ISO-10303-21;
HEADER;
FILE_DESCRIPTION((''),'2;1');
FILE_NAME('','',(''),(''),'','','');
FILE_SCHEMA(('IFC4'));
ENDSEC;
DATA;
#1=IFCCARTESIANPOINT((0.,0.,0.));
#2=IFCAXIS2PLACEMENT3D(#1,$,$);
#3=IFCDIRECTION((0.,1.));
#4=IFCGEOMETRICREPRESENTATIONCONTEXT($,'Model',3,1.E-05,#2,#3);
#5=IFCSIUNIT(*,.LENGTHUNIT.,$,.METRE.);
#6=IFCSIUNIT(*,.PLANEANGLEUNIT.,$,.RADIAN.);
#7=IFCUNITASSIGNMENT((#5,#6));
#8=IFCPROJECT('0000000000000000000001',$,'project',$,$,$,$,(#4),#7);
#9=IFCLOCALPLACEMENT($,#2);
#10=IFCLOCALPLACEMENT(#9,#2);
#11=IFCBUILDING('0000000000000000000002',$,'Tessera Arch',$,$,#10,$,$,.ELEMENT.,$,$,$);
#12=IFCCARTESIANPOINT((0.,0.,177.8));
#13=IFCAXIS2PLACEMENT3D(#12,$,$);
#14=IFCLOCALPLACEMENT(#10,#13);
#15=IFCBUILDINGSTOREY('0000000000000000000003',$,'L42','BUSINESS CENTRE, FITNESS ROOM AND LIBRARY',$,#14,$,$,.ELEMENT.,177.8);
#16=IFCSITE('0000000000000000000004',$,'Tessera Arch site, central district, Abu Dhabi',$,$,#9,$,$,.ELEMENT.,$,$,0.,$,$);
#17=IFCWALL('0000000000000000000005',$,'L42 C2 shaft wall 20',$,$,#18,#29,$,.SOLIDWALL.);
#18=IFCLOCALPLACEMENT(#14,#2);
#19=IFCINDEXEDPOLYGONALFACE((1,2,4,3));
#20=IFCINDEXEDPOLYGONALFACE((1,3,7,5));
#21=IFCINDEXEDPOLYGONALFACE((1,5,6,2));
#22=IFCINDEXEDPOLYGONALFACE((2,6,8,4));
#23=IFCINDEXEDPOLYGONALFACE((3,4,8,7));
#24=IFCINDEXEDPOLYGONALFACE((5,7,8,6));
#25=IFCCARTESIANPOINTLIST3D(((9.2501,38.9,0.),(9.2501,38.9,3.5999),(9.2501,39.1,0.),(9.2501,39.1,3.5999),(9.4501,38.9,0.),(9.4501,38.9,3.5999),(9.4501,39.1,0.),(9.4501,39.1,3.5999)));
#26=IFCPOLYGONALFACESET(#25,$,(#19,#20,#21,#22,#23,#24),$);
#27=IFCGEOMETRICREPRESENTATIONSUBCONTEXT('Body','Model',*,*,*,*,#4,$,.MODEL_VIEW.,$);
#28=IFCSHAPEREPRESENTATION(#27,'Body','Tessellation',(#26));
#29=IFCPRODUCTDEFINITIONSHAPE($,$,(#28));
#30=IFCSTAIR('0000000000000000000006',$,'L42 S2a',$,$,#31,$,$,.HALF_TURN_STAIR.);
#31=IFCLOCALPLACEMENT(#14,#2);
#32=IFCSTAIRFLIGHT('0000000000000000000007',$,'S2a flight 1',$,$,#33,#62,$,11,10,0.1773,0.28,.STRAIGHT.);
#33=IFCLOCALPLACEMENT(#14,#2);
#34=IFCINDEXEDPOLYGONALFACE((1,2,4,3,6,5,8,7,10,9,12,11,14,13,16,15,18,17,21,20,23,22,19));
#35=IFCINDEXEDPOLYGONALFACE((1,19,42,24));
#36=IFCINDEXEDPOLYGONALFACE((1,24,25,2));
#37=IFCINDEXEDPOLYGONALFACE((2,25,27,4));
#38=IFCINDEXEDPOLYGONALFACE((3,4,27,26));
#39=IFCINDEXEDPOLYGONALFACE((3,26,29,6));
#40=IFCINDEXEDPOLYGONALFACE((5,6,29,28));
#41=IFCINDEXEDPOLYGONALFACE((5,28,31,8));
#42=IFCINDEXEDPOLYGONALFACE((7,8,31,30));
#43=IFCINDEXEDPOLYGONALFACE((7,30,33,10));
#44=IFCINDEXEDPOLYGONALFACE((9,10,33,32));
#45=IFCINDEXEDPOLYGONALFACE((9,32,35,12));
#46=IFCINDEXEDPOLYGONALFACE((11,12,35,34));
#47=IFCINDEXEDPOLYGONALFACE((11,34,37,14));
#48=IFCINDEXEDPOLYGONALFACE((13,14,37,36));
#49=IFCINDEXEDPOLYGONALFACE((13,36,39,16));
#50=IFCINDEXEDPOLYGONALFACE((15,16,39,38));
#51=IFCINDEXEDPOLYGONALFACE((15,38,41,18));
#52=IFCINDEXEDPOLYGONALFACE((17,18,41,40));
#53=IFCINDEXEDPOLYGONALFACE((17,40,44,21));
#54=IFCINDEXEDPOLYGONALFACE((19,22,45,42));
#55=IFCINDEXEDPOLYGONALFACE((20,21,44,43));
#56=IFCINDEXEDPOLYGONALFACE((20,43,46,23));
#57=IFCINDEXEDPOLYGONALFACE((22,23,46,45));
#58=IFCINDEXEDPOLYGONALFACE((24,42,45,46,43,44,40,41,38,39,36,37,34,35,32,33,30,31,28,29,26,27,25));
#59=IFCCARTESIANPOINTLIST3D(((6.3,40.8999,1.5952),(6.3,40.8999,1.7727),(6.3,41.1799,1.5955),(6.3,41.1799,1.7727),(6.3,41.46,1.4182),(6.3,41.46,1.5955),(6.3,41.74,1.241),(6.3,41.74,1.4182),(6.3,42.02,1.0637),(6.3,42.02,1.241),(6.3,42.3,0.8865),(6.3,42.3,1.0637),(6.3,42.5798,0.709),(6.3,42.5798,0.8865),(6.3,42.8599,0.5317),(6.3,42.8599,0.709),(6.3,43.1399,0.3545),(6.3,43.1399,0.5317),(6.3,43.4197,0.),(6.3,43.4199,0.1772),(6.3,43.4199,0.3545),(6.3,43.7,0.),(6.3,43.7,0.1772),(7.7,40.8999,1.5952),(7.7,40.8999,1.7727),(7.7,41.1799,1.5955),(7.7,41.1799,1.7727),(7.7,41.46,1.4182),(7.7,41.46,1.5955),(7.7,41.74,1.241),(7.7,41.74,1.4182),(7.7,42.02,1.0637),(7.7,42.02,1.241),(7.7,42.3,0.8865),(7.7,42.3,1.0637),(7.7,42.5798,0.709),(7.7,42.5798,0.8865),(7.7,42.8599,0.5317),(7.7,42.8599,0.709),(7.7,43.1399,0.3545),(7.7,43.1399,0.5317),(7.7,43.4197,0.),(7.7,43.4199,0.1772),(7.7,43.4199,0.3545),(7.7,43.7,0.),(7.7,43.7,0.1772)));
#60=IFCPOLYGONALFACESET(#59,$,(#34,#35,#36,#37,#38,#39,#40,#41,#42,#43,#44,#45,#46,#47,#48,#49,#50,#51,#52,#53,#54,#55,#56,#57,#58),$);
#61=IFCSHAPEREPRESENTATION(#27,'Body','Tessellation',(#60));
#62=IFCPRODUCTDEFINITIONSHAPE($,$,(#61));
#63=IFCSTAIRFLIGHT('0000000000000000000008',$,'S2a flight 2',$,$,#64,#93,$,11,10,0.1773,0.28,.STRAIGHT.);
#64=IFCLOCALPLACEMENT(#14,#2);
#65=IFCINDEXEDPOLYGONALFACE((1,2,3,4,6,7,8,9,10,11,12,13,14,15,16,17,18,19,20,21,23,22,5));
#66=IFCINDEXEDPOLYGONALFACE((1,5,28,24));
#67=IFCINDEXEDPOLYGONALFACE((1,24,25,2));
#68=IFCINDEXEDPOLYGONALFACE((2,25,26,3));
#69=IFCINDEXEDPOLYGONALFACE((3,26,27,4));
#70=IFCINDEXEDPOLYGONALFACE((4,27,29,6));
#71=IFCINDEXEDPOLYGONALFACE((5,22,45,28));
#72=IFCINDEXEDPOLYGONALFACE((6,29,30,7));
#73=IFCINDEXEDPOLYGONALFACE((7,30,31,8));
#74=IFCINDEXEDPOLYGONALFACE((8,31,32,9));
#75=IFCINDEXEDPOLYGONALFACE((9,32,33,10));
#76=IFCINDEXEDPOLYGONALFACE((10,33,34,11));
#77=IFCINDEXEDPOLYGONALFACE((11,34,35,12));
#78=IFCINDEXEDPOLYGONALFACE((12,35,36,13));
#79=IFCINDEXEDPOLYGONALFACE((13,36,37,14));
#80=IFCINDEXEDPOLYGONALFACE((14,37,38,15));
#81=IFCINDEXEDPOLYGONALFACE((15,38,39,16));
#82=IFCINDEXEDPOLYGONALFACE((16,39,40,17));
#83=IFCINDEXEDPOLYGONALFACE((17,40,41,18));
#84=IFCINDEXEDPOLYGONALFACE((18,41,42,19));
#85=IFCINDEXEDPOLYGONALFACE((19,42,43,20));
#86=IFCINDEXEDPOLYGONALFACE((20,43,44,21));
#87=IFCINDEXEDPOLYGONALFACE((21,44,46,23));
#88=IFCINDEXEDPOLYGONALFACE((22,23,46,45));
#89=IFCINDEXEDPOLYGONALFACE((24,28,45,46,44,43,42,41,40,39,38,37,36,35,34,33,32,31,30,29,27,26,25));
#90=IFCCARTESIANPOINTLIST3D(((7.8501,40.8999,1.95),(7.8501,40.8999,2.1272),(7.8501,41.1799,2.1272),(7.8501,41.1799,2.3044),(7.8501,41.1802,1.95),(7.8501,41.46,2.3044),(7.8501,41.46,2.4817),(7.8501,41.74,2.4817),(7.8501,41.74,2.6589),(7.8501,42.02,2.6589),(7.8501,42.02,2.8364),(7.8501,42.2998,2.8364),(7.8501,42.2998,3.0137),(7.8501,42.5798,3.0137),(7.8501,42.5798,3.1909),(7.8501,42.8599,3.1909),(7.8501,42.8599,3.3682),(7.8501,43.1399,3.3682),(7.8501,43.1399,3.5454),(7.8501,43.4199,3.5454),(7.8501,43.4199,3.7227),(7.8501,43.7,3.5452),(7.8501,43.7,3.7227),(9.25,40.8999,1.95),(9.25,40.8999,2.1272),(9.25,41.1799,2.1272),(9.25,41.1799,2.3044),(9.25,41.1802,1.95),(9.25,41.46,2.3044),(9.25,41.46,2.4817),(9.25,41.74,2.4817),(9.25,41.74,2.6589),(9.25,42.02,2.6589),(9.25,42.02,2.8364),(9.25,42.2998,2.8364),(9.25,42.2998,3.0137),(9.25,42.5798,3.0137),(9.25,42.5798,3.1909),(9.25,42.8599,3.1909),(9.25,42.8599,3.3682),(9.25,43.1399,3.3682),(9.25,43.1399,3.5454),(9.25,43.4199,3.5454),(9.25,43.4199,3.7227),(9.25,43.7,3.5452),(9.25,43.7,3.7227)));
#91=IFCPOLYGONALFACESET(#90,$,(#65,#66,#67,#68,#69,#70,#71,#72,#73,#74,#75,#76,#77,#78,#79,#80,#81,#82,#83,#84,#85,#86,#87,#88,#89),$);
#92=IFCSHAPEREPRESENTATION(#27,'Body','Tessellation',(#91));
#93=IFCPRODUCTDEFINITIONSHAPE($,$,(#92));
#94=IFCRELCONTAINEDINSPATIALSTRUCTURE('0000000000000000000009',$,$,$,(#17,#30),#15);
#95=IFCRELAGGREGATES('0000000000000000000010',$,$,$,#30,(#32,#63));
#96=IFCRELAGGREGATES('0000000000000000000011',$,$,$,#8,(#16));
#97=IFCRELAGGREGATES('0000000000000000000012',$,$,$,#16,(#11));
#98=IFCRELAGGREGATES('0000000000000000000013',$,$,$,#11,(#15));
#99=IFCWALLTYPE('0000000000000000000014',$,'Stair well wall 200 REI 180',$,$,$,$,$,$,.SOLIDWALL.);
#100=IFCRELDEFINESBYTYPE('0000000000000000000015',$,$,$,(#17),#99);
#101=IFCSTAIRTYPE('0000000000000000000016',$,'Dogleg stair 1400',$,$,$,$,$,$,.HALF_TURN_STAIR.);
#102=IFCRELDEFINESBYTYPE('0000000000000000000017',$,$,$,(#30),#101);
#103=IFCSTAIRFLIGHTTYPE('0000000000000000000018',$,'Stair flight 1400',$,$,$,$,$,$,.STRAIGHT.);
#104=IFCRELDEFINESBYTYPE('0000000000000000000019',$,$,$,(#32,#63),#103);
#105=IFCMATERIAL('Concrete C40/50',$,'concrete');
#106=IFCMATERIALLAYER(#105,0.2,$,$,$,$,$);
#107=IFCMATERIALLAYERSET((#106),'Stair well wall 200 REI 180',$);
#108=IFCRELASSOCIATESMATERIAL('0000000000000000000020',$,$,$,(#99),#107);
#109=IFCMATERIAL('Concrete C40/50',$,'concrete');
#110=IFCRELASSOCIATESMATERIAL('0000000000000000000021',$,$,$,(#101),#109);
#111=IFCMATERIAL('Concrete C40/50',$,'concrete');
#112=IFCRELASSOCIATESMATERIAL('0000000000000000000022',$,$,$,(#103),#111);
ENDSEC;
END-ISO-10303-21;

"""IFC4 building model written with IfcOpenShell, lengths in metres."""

from ifc_helpers import new_model, si_unit, direction, frame, frame_2d, origin, place, context, subcontext, project, spatial, polyline, rectangle, outline, extrude, material, layer, layer_set, type_object, element, aggregate, save


model = new_model("IFC4")

# Units and contexts
model_context = context("Model", 3, precision=1e-05, world=origin(), true_north=direction((0.0, 1.0)))
body_context = subcontext(model_context, "Body", "Model", "MODEL_VIEW")
ifc_project = project(units=[si_unit("LENGTHUNIT", "METRE"), si_unit("PLANEANGLEUNIT", "RADIAN")], contexts=[model_context])

# Site, building, storey
site_placement = place(None, origin())
site = spatial("IfcSite", under=ifc_project, at=site_placement, Name="Tessera Arch site, central district, Abu Dhabi", CompositionType="ELEMENT", RefElevation=0.0)
building_placement = place(site_placement, origin())
building = spatial("IfcBuilding", under=site, at=building_placement, Name="Tessera Arch", CompositionType="ELEMENT")
storey_placement = place(building_placement, frame((0.0, 0.0, 177.8)))
storey = spatial("IfcBuildingStorey", under=building, at=storey_placement, Name="L42", Description="BUSINESS CENTRE, FITNESS ROOM AND LIBRARY", CompositionType="ELEMENT", Elevation=177.8)

# Wall
ifc_material_1 = material(Name="Concrete C40/50", Category="concrete")
ifc_layer_1 = layer(ifc_material_1, 0.2)
ifc_layer_set_1 = layer_set([ifc_layer_1], Name="Stair well wall 200 REI 180")
wall_type_1 = type_object("IfcWallType", Name="Stair well wall 200 REI 180", PredefinedType="SOLIDWALL", material=ifc_layer_set_1)
wall_1_placement = place(storey_placement, frame((9.25, 39.0, 0.0), z_axis=(0.0, 0.0, 1.0), x_axis=(1.0, 0.0, 0.0)))
element("IfcWall", 1, at=wall_1_placement, inside=storey, type_object=wall_type_1, Name="L42 C2 shaft wall 20", PredefinedType="SOLIDWALL", context=body_context, shape_type="SweptSolid", body=[
    extrude(rectangle(XDim=0.2, YDim=0.2, at=frame_2d((0.1001, 0.0))), origin(), (0.0, 0.0, 1.0), 3.5999),
])

# Stair, stair flights
ifc_material_2 = material(Name="Concrete C40/50", Category="concrete")
stair_type = type_object("IfcStairType", Name="Dogleg stair 1400", PredefinedType="HALF_TURN_STAIR", material=ifc_material_2)
stair_placement = place(storey_placement, origin())
stair = element("IfcStair", 2, at=stair_placement, inside=storey, type_object=stair_type, Name="L42 S2a", PredefinedType="HALF_TURN_STAIR")
ifc_material_3 = material(Name="Concrete C40/50", Category="concrete")
stair_flight_type = type_object("IfcStairFlightType", Name="Stair flight 1400", PredefinedType="STRAIGHT", material=ifc_material_3)
stair_flight_1_placement = place(storey_placement, frame((7.0, 43.7, 0.0), z_axis=(0.0, 0.0, 1.0), x_axis=(0.0, -1.0, 0.0)))
stair_flight_1 = element("IfcStairFlight", 3, at=stair_flight_1_placement, type_object=stair_flight_type, Name="S2a flight 1", NumberOfRisers=11, NumberOfTreads=10, PredefinedType="STRAIGHT", RiserHeight=0.1773, TreadLength=0.28, context=body_context, shape_type="SweptSolid", body=[
    extrude(outline(polyline([(0.0, 0.0), (0.0, 0.1772), (0.28, 0.1772), (0.28, 0.3545), (0.5601, 0.3545), (0.5601, 0.5317), (0.8401, 0.5317), (0.8401, 0.709), (1.1201, 0.709), (1.1201, 0.8865), (1.3999, 0.8865), (1.3999, 1.0637), (1.6799, 1.0637), (1.6799, 1.241), (1.96, 1.241), (1.96, 1.4182), (2.24, 1.4182), (2.24, 1.5955), (2.52, 1.5955), (2.52, 1.7727), (2.8, 1.7727), (2.8, 1.95), (2.8, 1.5952), (0.2803, 0.0), (0.0, 0.0)])), frame((0.0, 0.7, 0.0), z_axis=(0.0, -1.0, 0.0), x_axis=(1.0, 0.0, 0.0)), (0.0, 0.0, 1.0), 1.3999),
])
stair_flight_2_placement = place(storey_placement, frame((8.55, 40.8999, 1.95), z_axis=(0.0, 0.0, 1.0), x_axis=(0.0, 1.0, 0.0)))
stair_flight_2 = element("IfcStairFlight", 4, at=stair_flight_2_placement, type_object=stair_flight_type, Name="S2a flight 2", NumberOfRisers=11, NumberOfTreads=10, PredefinedType="STRAIGHT", RiserHeight=0.1773, TreadLength=0.28, context=body_context, shape_type="SweptSolid", body=[
    extrude(outline(polyline([(0.0, 0.0), (0.0, 0.1772), (0.28, 0.1772), (0.28, 0.3545), (0.5601, 0.3545), (0.5601, 0.5317), (0.8401, 0.5317), (0.8401, 0.709), (1.1201, 0.709), (1.1201, 0.8865), (1.3999, 0.8865), (1.3999, 1.0637), (1.6799, 1.0637), (1.6799, 1.241), (1.96, 1.241), (1.96, 1.4182), (2.24, 1.4182), (2.24, 1.5955), (2.52, 1.5955), (2.52, 1.7727), (2.8, 1.7727), (2.8, 1.95), (2.8, 1.5952), (0.2803, 0.0), (0.0, 0.0)])), frame((0.0, 0.7, 0.0), z_axis=(0.0, -1.0, 0.0), x_axis=(1.0, 0.0, 0.0)), (0.0, 0.0, 1.0), 1.3999),
])
aggregate(stair, [stair_flight_1, stair_flight_2])

save(model, "model.ifc")
